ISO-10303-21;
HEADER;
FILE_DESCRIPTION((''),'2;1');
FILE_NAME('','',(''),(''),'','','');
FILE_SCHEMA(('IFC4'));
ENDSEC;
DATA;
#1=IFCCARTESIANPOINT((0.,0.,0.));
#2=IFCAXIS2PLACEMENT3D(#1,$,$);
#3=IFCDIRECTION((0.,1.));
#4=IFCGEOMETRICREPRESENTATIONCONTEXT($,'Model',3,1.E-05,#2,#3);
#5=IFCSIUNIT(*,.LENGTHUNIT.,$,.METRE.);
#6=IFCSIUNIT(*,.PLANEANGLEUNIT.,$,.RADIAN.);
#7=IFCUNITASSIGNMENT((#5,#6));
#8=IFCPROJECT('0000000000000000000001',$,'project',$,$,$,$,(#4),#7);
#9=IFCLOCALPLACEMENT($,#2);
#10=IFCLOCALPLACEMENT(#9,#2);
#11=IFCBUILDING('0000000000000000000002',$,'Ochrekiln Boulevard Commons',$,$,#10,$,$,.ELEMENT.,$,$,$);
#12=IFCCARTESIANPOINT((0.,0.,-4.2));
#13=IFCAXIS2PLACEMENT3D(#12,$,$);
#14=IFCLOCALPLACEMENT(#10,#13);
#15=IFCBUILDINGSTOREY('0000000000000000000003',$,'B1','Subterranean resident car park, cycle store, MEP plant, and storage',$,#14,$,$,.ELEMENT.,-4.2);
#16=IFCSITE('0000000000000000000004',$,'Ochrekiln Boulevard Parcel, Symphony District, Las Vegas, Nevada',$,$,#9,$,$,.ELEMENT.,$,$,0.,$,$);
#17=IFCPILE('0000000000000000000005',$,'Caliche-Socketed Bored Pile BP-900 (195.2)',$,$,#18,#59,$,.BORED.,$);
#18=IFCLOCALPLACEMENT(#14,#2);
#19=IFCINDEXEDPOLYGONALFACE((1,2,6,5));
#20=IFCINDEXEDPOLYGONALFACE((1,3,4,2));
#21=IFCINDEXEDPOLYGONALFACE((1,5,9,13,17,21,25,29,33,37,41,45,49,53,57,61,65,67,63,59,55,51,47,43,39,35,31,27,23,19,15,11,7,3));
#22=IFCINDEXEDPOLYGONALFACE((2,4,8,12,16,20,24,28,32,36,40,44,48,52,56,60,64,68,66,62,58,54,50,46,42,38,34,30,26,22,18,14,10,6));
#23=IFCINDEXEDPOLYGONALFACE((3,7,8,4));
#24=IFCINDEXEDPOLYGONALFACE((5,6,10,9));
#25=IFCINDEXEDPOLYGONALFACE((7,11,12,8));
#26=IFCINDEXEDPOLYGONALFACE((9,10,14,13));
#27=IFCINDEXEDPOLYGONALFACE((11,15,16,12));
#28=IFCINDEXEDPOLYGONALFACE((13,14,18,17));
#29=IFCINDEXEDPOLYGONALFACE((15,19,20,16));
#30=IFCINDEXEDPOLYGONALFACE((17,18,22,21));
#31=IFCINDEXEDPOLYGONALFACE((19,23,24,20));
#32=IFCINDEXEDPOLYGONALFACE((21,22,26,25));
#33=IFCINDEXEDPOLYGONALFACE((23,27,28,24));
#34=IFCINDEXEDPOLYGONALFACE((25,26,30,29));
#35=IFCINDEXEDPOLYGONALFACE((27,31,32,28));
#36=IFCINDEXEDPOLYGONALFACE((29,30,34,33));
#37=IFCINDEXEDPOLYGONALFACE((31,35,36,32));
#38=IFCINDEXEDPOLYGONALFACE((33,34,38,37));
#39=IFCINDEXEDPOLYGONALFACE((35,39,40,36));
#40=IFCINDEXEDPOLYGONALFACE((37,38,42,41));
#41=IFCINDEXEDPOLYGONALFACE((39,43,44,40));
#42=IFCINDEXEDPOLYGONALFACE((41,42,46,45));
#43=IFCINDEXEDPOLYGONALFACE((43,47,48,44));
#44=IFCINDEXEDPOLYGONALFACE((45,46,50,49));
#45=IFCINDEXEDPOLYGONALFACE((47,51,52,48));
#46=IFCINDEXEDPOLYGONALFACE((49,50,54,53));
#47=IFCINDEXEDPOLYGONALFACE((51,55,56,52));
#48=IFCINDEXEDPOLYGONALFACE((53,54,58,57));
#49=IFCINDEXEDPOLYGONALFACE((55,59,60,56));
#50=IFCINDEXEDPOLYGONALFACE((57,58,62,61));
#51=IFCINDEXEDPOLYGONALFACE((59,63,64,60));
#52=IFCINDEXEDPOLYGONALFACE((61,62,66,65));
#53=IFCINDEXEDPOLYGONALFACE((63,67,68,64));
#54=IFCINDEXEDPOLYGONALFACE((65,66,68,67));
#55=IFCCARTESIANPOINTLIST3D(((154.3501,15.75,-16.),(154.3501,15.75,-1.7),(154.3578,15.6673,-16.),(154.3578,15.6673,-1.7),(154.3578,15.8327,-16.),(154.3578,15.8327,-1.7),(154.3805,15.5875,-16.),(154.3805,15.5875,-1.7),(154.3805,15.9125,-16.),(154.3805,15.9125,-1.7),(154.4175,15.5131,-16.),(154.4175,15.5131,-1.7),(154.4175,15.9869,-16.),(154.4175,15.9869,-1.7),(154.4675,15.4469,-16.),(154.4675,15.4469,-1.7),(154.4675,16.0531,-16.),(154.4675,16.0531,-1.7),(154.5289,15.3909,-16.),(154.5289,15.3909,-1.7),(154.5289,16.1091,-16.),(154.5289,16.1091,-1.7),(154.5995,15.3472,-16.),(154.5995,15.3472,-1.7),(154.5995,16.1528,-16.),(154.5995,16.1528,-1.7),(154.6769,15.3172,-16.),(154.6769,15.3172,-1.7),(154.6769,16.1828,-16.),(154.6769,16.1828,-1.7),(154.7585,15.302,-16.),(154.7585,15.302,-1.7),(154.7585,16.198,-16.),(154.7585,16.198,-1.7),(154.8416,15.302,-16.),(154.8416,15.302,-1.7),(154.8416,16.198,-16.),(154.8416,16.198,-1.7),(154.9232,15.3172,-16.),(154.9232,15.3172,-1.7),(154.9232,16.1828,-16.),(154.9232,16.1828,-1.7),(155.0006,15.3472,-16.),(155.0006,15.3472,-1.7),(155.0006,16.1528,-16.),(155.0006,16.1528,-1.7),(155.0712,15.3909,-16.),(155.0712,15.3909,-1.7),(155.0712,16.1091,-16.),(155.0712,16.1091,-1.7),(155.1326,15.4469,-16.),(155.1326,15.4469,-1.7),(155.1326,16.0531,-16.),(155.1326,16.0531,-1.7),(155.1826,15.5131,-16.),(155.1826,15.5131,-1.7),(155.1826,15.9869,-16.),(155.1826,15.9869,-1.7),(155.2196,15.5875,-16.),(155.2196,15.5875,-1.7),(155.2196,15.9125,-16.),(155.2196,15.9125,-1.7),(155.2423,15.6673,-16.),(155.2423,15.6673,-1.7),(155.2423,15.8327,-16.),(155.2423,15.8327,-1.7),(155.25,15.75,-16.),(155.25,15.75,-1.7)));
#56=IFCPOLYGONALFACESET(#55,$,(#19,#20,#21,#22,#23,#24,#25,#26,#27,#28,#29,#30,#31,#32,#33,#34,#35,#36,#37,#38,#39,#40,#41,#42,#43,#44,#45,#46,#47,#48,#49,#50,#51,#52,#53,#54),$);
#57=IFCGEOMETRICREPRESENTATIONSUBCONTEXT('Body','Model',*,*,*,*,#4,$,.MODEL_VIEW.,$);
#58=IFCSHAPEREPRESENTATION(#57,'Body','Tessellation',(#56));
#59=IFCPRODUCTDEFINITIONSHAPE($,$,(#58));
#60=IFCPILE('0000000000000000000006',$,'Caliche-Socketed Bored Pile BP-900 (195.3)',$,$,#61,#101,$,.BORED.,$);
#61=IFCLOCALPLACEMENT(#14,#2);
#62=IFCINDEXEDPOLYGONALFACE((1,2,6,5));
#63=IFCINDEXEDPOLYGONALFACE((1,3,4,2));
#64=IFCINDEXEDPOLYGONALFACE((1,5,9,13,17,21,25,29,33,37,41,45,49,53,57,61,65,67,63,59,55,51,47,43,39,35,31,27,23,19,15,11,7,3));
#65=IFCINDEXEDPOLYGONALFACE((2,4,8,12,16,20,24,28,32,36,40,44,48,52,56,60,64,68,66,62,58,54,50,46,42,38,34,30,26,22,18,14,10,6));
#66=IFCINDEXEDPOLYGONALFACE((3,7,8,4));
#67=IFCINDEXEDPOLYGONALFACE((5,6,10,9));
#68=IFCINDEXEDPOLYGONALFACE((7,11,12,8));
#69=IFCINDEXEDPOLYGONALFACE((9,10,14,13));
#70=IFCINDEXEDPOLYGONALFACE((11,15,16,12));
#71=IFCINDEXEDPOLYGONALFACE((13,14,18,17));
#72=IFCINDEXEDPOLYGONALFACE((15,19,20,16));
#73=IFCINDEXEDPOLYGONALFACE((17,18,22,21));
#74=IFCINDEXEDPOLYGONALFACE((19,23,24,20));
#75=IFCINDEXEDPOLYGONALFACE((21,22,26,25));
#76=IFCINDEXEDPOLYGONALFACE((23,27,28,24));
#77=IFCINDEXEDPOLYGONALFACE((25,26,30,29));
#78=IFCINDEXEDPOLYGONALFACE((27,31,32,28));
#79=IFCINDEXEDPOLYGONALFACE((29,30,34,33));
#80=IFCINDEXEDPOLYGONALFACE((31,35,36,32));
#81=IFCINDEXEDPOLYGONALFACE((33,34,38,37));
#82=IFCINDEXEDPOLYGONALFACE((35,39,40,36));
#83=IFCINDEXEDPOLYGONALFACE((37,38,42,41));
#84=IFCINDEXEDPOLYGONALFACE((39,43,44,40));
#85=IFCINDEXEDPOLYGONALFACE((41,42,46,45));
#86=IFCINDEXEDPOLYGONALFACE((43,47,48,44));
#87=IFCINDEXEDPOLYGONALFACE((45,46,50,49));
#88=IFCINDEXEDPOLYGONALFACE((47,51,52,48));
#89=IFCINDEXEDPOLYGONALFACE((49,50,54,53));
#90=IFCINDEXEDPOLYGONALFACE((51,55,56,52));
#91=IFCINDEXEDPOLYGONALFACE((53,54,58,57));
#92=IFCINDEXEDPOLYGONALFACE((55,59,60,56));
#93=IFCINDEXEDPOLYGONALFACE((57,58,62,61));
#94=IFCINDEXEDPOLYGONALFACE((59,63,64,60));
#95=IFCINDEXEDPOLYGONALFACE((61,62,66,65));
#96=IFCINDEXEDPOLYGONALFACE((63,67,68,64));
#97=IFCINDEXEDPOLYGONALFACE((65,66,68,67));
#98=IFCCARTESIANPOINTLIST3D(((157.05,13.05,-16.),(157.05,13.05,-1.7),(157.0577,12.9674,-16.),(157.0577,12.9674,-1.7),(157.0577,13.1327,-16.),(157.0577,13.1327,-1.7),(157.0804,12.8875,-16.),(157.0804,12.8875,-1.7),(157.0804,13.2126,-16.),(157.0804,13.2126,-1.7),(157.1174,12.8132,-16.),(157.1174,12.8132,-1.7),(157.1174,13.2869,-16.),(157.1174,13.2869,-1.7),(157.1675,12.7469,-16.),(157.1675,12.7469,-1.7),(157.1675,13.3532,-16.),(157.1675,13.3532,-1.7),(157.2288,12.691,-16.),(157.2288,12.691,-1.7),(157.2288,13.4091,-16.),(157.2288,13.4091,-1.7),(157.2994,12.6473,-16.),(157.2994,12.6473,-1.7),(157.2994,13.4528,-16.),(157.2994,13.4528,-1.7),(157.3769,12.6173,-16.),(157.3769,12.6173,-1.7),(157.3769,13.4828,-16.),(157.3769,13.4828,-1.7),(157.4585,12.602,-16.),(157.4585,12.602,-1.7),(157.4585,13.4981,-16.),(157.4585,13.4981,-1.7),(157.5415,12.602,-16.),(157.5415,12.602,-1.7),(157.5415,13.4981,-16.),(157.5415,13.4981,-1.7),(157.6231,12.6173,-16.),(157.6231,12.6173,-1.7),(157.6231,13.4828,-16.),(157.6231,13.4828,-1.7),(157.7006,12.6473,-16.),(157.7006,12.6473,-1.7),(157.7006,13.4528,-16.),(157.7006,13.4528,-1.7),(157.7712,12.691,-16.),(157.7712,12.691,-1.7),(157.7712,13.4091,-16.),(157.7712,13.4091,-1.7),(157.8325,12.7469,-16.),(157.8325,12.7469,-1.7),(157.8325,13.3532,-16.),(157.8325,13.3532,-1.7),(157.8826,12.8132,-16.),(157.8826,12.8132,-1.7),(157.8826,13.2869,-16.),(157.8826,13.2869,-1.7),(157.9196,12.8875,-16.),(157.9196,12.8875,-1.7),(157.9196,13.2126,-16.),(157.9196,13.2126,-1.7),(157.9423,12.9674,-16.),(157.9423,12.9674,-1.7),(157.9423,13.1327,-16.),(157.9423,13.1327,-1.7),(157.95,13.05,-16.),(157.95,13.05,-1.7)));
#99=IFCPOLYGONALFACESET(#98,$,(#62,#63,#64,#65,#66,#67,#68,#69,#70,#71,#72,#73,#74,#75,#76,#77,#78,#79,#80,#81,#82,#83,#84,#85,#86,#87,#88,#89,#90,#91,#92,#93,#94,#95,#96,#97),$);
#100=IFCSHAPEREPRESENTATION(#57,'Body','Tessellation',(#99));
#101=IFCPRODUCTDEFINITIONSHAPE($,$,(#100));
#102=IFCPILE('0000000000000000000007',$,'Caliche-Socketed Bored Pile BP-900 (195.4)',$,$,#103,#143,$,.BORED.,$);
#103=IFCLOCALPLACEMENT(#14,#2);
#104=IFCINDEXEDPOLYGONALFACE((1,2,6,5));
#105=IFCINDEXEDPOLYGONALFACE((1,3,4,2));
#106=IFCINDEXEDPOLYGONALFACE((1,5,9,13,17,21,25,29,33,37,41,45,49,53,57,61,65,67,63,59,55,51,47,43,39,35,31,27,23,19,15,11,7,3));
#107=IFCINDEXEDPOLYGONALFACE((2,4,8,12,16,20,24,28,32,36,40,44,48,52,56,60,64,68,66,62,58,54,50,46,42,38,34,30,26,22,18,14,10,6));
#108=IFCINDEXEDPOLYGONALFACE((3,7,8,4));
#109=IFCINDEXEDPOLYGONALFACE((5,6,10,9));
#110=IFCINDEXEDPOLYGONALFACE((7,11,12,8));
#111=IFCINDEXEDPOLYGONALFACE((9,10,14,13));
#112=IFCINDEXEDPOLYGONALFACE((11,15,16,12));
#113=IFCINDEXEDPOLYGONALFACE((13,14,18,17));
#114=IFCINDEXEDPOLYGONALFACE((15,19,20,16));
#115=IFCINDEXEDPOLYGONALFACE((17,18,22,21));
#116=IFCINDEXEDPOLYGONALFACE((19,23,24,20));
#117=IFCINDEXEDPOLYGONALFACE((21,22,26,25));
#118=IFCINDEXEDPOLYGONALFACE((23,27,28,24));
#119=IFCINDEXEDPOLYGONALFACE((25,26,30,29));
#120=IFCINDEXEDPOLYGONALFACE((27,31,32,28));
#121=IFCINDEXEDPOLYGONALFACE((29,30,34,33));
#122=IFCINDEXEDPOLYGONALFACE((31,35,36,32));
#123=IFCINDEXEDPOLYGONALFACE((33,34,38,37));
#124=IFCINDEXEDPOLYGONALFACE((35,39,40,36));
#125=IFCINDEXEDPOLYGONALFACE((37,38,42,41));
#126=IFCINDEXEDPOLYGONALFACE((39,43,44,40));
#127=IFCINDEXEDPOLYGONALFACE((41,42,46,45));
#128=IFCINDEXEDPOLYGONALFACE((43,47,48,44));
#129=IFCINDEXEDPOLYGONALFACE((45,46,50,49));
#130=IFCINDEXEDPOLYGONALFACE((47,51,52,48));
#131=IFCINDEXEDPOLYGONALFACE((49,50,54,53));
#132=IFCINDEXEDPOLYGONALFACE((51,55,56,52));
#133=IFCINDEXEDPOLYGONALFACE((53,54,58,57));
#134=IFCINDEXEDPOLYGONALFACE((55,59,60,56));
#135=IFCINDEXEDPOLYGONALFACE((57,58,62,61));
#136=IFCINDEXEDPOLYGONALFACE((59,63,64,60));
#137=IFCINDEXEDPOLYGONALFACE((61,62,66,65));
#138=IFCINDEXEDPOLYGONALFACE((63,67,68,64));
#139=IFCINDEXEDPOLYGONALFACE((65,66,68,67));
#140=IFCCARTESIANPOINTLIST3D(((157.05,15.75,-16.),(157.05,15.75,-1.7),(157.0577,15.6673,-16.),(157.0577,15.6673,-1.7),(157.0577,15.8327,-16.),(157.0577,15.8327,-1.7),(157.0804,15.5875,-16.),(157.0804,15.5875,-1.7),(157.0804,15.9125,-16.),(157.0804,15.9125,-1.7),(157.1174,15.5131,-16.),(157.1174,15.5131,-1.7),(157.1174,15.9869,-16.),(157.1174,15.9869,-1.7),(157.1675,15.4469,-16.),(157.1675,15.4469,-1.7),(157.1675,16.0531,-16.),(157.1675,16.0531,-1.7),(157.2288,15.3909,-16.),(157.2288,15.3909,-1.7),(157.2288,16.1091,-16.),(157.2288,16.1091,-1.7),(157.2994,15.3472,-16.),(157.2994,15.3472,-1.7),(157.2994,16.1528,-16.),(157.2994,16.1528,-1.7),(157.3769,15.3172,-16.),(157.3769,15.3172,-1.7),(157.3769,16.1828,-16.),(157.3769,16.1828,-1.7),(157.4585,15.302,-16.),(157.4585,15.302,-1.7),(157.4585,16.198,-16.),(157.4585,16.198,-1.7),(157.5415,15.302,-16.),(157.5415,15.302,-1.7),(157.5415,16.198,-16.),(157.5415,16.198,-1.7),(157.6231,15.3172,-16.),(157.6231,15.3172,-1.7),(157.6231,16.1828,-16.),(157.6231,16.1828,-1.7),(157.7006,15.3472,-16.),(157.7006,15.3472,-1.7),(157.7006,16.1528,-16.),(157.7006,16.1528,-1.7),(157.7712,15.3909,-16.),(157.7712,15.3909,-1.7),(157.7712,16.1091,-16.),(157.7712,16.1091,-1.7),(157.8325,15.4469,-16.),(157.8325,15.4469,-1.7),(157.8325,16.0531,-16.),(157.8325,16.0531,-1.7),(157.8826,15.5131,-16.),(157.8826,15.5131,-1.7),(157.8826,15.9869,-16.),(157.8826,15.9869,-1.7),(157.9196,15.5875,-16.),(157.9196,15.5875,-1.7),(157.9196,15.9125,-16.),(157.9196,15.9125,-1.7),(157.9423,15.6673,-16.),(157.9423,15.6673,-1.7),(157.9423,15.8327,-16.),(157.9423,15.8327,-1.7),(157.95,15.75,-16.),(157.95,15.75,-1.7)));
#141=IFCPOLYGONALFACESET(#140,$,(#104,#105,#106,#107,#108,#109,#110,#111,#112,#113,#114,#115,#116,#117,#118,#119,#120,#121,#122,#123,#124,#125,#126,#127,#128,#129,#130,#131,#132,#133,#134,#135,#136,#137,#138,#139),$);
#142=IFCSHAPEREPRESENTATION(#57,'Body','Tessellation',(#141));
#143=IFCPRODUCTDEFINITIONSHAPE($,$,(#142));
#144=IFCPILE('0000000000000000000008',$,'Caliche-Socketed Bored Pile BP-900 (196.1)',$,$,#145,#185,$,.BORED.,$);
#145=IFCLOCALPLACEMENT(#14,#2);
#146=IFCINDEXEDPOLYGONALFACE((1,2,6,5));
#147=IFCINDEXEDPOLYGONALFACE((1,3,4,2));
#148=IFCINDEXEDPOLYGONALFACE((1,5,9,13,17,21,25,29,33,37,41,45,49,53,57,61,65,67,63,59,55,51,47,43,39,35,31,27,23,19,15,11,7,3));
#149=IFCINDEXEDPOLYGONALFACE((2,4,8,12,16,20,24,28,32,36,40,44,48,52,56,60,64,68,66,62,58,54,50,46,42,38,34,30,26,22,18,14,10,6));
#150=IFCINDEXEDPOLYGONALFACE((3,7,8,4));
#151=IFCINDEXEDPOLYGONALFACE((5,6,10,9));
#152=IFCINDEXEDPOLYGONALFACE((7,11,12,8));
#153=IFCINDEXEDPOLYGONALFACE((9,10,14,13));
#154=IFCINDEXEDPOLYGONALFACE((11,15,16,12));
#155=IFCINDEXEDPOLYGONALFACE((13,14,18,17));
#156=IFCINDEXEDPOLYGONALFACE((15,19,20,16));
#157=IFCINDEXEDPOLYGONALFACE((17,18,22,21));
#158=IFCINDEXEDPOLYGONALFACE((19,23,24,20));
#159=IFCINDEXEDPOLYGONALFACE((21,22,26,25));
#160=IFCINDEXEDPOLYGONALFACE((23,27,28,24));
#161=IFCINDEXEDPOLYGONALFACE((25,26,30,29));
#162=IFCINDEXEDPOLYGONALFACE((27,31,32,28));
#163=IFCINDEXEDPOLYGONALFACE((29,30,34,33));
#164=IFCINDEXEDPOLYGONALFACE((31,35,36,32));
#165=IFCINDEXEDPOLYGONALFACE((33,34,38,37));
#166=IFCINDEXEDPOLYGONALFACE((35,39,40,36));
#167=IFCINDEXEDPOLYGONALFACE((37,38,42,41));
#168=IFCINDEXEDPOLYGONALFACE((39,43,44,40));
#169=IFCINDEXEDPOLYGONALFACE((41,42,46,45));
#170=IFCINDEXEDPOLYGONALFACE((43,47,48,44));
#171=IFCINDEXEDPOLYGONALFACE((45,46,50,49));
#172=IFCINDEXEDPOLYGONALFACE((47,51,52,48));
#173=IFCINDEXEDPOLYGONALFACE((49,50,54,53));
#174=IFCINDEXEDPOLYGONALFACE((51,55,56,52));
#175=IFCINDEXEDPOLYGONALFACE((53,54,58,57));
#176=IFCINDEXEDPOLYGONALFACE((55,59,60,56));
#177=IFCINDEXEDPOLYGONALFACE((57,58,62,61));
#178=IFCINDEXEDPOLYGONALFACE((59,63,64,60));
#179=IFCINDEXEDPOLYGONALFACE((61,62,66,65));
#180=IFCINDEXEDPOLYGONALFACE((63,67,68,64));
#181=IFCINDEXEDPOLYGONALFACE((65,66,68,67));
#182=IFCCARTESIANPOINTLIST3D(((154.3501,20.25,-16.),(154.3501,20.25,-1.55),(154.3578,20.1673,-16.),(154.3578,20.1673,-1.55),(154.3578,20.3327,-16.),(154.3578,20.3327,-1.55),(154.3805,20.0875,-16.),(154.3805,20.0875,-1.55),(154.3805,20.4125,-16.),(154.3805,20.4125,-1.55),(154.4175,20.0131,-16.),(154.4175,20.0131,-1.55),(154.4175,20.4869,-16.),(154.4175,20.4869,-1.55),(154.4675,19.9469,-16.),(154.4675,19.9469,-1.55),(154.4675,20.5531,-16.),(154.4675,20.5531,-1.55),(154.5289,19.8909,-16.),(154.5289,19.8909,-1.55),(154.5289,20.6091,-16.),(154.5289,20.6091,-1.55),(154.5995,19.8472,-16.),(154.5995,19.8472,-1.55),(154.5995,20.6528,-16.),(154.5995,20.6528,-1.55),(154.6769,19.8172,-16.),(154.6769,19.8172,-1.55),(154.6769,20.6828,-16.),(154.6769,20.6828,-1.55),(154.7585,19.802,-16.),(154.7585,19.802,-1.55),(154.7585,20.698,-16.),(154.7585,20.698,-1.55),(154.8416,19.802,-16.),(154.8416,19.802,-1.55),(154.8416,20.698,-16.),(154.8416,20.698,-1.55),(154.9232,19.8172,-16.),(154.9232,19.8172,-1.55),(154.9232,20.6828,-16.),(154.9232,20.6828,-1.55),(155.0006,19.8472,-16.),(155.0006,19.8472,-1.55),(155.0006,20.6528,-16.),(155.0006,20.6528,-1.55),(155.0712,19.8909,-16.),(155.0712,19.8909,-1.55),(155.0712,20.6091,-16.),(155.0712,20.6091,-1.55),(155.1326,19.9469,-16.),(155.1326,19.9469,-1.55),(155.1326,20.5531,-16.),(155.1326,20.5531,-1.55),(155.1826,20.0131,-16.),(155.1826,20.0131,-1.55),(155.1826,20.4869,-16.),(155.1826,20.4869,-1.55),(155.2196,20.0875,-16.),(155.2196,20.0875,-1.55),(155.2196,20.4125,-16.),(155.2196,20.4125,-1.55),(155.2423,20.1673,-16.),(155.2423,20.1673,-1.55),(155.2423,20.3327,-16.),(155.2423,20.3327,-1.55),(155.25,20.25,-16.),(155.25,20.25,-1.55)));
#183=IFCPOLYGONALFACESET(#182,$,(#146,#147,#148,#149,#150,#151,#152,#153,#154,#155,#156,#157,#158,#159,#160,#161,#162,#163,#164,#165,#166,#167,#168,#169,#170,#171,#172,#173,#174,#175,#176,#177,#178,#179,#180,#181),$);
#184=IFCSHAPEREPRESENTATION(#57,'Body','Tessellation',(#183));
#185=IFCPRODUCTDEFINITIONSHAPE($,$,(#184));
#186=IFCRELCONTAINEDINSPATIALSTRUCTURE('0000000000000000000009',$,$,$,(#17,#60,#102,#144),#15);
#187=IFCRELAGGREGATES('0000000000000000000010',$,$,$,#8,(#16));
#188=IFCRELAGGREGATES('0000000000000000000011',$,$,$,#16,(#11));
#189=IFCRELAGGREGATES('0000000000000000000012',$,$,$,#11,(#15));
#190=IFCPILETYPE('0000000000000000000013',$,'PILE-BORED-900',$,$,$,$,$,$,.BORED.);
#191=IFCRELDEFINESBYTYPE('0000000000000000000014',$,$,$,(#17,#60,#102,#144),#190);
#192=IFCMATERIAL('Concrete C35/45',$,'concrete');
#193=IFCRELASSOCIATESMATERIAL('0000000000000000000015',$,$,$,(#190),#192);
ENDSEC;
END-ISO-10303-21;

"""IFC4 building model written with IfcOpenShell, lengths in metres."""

from ifc_helpers import new_model, si_unit, direction, frame, origin, origin_2d, place, context, subcontext, project, spatial, circle, extrude, material, material_profile, profile_set, type_object, element, save


model = new_model("IFC4")

# Units and contexts
model_context = context("Model", 3, precision=1e-05, world=origin(), true_north=direction((0.0, 1.0)))
body_context = subcontext(model_context, "Body", "Model", "MODEL_VIEW")
ifc_project = project(units=[si_unit("LENGTHUNIT", "METRE"), si_unit("PLANEANGLEUNIT", "RADIAN")], contexts=[model_context])

# Site, building, storey
site_placement = place(None, origin())
site = spatial("IfcSite", under=ifc_project, at=site_placement, Name="Ochrekiln Boulevard Parcel, Symphony District, Las Vegas, Nevada", CompositionType="ELEMENT", RefElevation=0.0)
building_placement = place(site_placement, origin())
building = spatial("IfcBuilding", under=site, at=building_placement, Name="Ochrekiln Boulevard Commons", CompositionType="ELEMENT")
storey_placement = place(building_placement, frame((0.0, 0.0, -4.2)))
storey = spatial("IfcBuildingStorey", under=building, at=storey_placement, Name="B1", Description="Subterranean resident car park, cycle store, MEP plant, and storage", CompositionType="ELEMENT", Elevation=-4.2)

# Shared definitions
ifc_material_1 = material(Name="Concrete C35/45", Category="concrete")

# Piles
ifc_material_profile_1 = material_profile(ifc_material_1, circle(Radius=0.45, at=origin_2d()), Name="PILE-D900")
ifc_profile_set_1 = profile_set([ifc_material_profile_1], Name="Concrete C35/45")
pile_type = type_object("IfcPileType", Name="PILE-BORED-900", PredefinedType="BORED", material=ifc_profile_set_1)
for number, where, z_axis, x_axis, name in (
    (1, (154.8, 15.75, -1.7), (0.0, 0.0, -1.0), (1.0, 0.0, 0.0), "Caliche-Socketed Bored Pile BP-900 (195.2)"),
    (2, (157.5, 13.05, -1.7), (0.0, 0.0, -1.0), (1.0, 0.0, 0.0), "Caliche-Socketed Bored Pile BP-900 (195.3)"),
    (3, (157.5, 15.75, -1.7), (0.0, 0.0, -1.0), (1.0, 0.0, 0.0), "Caliche-Socketed Bored Pile BP-900 (195.4)"),
):
    element("IfcPile", number, at=place(storey_placement, frame(where, z_axis=z_axis, x_axis=x_axis)), inside=storey, type_object=pile_type, Name=name, PredefinedType="BORED", context=body_context, shape_type="SweptSolid", body=[
        extrude(circle(Radius=0.45, at=origin_2d()), origin(), (0.0, 0.0, 1.0), 14.3),
    ])
for number, where, z_axis, x_axis, name in (
    (4, (154.8, 20.25, -1.55), (0.0, 0.0, -1.0), (1.0, 0.0, 0.0), "Caliche-Socketed Bored Pile BP-900 (196.1)"),
):
    element("IfcPile", number, at=place(storey_placement, frame(where, z_axis=z_axis, x_axis=x_axis)), inside=storey, type_object=pile_type, Name=name, PredefinedType="BORED", context=body_context, shape_type="SweptSolid", body=[
        extrude(circle(Radius=0.45, at=origin_2d()), origin(), (0.0, 0.0, 1.0), 14.45),
    ])

save(model, "model.ifc")
